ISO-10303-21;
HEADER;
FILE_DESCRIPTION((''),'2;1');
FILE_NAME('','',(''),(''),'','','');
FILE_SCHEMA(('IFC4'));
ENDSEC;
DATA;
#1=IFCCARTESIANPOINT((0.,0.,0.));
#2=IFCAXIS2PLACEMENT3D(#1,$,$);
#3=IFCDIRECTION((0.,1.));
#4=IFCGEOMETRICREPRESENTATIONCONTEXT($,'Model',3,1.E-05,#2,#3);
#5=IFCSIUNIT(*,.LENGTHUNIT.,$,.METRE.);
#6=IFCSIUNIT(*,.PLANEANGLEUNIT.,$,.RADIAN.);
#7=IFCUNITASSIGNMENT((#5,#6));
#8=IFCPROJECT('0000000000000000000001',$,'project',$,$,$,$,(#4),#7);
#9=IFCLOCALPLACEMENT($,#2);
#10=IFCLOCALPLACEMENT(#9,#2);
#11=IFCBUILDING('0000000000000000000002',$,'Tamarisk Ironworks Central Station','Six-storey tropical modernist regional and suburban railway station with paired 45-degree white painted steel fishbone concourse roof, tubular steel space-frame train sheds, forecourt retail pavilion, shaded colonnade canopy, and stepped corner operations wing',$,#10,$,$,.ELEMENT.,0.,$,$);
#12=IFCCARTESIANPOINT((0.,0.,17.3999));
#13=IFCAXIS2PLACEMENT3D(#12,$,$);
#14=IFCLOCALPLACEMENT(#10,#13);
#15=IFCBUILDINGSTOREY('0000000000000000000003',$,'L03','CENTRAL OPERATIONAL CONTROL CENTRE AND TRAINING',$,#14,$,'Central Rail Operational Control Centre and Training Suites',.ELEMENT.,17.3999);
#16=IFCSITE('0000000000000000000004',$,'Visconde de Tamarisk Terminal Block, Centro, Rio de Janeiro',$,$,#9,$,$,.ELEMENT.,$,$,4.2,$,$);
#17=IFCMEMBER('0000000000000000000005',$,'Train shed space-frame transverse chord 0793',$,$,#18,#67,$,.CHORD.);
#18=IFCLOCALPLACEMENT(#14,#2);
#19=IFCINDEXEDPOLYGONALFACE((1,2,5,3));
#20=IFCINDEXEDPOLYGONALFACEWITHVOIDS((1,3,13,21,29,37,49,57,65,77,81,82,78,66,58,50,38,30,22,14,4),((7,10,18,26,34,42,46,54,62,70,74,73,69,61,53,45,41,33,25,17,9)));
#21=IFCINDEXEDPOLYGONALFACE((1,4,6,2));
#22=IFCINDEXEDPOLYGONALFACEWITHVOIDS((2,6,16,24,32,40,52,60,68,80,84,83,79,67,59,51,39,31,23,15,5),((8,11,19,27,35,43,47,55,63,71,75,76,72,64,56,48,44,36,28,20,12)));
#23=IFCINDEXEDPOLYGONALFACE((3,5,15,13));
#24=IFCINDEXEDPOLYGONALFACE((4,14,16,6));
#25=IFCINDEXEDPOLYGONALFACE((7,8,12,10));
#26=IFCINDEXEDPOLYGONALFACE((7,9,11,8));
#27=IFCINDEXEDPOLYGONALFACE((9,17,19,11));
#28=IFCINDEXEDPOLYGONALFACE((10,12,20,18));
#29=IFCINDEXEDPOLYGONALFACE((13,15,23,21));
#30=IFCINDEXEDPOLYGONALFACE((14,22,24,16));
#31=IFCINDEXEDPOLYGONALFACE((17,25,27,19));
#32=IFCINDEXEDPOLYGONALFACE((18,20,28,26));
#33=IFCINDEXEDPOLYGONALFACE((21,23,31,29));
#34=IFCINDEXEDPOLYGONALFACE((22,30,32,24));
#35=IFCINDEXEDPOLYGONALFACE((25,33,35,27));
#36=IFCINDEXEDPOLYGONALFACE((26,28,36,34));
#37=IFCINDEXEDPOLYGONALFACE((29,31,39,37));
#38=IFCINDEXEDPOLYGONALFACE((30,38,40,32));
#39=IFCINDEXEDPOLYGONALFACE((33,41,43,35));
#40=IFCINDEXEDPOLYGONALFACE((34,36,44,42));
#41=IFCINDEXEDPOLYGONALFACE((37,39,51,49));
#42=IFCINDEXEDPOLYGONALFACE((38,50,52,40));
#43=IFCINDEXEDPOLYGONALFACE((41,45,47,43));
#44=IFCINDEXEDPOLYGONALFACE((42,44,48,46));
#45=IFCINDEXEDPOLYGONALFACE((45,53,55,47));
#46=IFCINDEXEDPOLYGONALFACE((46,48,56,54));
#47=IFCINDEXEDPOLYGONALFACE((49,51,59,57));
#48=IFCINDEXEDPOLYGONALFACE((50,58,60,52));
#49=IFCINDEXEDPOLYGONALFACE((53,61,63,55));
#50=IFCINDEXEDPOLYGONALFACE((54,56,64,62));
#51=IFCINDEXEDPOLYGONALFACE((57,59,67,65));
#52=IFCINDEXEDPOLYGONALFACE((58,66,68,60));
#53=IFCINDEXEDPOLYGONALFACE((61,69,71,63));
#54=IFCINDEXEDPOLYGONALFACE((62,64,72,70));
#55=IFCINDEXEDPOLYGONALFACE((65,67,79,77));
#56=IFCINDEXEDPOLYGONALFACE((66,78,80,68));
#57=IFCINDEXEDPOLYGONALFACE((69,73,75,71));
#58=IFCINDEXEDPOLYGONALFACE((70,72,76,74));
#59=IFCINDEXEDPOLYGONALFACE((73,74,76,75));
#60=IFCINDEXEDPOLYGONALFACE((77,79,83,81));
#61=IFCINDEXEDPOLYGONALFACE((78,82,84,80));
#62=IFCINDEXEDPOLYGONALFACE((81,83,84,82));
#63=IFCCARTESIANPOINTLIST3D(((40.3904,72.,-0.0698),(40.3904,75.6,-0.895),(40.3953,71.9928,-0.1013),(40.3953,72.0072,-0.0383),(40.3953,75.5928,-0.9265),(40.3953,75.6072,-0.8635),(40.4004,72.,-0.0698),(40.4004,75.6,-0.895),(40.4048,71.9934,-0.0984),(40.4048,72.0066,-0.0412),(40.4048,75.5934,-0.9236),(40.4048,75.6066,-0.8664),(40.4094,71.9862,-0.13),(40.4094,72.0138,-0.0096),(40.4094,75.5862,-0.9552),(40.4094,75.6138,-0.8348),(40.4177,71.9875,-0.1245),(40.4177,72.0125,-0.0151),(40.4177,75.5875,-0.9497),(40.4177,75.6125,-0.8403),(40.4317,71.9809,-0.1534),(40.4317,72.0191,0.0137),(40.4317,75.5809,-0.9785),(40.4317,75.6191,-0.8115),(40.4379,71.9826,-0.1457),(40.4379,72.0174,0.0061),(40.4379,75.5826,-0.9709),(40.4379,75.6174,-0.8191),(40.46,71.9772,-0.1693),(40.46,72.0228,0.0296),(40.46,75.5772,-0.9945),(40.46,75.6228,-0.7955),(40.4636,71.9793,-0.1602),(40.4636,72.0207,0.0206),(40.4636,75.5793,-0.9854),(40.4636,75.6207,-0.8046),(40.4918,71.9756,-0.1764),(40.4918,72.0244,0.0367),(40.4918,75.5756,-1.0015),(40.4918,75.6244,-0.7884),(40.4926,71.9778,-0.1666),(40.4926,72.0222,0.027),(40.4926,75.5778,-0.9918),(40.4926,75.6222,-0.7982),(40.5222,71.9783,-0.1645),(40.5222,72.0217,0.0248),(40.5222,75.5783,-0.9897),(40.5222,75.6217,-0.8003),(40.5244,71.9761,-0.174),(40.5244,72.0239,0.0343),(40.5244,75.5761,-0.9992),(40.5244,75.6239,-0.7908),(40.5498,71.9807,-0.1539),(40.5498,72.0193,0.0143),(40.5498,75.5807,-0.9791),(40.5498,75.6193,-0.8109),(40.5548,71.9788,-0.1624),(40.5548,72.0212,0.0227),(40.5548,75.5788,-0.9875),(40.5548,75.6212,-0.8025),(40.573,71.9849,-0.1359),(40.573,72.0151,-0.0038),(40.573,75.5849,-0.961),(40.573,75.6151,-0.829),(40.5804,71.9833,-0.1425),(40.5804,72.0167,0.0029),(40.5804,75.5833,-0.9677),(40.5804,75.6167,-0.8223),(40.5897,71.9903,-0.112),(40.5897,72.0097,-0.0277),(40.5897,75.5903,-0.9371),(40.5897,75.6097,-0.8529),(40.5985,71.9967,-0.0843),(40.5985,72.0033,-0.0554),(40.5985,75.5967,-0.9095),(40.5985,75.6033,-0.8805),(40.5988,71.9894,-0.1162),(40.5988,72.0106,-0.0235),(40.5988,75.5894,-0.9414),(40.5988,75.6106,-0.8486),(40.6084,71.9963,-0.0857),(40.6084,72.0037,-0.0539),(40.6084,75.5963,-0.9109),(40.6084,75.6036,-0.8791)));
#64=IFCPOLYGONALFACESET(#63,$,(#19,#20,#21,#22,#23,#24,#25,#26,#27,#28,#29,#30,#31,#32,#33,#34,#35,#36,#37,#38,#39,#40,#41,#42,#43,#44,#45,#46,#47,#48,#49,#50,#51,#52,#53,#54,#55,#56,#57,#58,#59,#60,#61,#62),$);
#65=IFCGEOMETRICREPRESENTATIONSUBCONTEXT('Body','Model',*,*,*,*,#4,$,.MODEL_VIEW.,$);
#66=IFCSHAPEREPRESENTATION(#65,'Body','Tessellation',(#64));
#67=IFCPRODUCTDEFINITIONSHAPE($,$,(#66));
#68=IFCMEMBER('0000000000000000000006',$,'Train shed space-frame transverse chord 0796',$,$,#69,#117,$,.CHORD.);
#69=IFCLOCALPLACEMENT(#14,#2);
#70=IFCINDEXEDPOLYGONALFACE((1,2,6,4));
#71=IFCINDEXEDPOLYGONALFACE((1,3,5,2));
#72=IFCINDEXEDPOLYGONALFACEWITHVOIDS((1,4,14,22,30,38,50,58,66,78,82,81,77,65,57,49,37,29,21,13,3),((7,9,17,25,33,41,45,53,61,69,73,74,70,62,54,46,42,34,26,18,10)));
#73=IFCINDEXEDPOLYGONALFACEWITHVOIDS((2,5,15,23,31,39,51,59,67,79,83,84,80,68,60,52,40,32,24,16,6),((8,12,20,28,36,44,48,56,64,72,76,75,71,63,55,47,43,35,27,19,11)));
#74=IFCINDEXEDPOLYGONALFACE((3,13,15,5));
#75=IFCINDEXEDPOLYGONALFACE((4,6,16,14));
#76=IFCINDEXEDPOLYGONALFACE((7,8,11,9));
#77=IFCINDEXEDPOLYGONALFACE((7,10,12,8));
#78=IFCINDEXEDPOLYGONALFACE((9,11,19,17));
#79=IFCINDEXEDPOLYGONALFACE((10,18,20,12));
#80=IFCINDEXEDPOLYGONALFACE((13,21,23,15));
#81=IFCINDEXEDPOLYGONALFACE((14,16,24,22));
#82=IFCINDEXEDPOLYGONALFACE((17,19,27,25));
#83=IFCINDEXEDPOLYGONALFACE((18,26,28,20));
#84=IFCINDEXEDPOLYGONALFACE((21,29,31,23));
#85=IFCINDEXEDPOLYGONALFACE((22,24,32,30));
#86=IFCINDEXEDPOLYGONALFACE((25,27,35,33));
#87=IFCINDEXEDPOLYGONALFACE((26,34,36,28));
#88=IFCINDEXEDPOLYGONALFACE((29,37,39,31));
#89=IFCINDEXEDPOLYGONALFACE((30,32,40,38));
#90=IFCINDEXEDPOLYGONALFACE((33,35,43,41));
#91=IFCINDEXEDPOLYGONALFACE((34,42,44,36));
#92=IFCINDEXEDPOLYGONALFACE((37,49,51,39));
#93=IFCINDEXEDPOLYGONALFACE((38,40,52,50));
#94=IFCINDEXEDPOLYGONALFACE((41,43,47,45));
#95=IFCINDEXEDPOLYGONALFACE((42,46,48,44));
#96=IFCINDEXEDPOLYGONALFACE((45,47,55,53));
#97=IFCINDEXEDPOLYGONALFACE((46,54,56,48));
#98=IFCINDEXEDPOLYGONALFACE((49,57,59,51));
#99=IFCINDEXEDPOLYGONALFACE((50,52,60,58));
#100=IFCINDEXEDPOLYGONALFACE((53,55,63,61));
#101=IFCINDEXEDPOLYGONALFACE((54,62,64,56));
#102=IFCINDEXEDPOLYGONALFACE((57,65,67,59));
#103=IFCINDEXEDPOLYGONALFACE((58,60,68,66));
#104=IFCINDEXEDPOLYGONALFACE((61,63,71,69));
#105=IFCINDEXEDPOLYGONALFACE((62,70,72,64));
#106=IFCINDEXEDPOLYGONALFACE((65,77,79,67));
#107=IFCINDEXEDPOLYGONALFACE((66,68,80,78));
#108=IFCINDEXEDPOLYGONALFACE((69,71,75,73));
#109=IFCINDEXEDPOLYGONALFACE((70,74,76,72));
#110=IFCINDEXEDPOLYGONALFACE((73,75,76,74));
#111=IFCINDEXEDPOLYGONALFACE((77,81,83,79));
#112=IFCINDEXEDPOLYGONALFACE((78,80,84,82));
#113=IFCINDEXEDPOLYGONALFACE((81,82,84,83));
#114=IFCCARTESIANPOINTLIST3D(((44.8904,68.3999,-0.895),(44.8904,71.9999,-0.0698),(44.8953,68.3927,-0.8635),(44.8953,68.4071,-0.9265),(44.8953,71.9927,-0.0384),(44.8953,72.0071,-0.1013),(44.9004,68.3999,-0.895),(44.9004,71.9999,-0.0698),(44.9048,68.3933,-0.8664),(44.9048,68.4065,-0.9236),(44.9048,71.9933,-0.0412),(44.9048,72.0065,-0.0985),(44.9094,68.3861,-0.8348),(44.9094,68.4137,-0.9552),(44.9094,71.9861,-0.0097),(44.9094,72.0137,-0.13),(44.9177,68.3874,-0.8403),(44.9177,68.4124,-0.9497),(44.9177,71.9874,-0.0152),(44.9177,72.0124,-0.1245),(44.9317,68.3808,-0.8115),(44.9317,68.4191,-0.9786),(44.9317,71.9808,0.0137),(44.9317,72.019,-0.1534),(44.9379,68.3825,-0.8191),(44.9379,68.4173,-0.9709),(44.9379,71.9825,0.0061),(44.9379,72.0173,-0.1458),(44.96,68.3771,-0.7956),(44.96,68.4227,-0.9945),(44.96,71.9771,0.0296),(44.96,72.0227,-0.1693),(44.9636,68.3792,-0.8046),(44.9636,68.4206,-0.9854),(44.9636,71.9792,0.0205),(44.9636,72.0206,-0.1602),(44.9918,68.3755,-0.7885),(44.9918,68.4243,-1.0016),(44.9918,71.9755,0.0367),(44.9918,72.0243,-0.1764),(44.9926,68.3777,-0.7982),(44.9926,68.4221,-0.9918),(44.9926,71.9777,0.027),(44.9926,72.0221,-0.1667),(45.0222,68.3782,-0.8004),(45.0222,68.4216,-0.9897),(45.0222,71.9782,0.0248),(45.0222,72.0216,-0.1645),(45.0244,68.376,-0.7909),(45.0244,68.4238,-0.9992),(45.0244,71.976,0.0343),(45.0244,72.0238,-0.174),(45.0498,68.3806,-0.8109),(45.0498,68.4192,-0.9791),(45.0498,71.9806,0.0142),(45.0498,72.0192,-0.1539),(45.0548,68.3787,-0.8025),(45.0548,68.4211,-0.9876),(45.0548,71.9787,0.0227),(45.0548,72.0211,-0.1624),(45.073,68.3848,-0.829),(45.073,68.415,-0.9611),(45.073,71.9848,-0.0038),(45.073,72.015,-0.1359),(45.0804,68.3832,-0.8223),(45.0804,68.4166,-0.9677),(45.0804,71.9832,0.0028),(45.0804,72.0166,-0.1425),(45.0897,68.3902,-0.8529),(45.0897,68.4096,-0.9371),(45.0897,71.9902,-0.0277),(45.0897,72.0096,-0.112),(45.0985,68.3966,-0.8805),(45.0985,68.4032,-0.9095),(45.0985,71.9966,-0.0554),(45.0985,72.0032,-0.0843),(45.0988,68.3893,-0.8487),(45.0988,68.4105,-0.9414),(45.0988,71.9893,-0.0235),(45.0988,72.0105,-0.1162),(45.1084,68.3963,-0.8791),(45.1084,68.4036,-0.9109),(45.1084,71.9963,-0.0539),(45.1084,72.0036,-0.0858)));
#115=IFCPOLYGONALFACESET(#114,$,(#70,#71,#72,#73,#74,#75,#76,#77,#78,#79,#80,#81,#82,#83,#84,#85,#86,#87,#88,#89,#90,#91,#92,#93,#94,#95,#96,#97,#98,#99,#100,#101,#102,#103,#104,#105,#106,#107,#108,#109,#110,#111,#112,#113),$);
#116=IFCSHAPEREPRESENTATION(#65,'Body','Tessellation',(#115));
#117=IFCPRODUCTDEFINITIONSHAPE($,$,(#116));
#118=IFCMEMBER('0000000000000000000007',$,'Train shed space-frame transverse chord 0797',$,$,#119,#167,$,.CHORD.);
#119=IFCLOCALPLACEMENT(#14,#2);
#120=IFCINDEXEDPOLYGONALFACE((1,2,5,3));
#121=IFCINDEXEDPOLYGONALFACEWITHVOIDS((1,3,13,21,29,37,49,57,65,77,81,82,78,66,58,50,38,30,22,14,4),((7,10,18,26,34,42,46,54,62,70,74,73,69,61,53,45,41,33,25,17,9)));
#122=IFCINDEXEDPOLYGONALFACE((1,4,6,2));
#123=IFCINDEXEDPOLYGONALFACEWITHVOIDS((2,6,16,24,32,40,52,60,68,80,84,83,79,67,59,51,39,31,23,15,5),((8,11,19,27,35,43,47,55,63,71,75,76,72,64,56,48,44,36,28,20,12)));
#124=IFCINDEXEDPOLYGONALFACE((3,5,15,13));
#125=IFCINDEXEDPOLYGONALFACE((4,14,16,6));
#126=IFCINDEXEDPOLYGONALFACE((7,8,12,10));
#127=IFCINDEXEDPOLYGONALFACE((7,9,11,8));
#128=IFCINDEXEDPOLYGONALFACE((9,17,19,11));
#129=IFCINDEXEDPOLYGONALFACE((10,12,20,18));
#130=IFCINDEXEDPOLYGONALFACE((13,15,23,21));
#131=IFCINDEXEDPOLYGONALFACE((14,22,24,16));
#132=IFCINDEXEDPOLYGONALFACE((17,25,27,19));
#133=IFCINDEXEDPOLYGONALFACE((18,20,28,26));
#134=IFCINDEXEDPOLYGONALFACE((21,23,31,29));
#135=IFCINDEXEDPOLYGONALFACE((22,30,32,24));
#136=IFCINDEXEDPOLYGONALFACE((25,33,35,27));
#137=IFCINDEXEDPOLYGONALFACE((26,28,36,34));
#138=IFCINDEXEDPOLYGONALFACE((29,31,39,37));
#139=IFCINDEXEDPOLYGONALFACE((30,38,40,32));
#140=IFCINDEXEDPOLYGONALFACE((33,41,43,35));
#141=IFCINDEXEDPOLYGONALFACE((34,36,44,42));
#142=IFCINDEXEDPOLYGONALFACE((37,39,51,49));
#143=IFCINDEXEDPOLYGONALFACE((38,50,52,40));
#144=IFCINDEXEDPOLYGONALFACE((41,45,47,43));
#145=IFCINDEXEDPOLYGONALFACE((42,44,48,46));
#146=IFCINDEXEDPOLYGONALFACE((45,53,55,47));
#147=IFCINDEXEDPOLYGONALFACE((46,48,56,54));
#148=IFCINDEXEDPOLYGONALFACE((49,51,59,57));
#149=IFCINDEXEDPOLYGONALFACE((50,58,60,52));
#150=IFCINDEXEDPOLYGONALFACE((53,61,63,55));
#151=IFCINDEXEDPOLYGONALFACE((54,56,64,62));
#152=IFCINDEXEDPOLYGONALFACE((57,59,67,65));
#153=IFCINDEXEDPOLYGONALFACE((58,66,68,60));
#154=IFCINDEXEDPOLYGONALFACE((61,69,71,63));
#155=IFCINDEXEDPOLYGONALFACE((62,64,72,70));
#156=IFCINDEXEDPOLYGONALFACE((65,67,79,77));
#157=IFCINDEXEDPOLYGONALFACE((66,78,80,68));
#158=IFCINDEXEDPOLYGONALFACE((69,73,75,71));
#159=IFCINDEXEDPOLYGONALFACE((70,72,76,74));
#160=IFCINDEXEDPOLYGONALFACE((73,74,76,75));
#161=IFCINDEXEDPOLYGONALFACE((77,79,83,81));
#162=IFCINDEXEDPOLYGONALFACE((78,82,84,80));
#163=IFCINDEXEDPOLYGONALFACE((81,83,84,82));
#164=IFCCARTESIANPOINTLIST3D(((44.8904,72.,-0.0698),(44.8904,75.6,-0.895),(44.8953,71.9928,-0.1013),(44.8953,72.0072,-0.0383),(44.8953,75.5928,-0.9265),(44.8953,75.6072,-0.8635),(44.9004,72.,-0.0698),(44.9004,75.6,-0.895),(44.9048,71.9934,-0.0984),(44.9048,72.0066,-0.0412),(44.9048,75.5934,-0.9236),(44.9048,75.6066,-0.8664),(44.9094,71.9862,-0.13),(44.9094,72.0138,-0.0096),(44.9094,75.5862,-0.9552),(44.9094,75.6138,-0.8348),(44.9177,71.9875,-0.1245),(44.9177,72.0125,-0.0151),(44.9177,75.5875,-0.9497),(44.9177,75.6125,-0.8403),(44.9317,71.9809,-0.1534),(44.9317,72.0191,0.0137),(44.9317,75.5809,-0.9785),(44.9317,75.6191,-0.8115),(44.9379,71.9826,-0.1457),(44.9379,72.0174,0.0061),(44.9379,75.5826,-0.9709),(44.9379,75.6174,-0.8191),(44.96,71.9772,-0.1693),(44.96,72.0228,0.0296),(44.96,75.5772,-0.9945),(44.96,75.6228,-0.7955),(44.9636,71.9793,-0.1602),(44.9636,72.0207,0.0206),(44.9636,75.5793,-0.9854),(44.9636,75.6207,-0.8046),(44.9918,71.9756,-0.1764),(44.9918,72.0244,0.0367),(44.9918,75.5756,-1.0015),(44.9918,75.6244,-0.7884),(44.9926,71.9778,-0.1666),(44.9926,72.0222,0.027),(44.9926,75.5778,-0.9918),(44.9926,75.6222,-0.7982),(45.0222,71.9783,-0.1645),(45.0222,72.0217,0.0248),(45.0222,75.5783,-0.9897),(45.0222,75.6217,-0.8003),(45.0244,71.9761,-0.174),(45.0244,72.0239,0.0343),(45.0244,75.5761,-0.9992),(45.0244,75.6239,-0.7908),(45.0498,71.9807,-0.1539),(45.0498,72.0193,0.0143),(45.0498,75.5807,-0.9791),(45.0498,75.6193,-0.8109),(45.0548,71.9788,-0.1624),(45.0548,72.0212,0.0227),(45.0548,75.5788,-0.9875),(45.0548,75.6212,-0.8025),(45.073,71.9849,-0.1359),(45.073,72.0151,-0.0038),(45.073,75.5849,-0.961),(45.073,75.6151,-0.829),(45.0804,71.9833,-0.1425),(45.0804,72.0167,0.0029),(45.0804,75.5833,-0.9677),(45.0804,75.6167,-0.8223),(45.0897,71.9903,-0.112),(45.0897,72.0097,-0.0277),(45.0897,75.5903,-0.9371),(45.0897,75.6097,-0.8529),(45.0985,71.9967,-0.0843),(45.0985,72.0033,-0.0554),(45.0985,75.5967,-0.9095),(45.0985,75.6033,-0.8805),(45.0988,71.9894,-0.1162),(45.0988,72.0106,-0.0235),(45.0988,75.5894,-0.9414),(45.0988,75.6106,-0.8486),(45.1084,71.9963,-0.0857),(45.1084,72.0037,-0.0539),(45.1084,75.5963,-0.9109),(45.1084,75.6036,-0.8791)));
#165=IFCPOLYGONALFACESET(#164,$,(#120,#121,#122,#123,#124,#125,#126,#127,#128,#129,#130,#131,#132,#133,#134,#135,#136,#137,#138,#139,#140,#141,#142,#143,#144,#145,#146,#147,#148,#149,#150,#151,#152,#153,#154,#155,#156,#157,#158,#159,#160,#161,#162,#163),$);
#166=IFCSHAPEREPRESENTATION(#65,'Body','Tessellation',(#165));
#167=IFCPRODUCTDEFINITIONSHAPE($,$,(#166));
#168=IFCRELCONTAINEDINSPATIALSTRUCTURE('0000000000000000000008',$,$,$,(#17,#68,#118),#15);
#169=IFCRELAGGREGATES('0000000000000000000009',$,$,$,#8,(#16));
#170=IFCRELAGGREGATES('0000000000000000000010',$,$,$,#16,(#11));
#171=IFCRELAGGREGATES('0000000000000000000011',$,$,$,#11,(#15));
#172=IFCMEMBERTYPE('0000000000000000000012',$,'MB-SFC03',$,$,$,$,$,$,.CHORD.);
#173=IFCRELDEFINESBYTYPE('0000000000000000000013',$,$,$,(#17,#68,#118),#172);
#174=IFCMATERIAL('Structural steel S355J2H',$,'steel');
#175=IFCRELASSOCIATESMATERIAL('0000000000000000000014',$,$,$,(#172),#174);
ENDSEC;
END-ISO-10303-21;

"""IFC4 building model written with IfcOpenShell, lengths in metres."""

from ifc_helpers import new_model, si_unit, direction, frame, origin, origin_2d, place, context, subcontext, project, spatial, hollow_circle, extrude, material, material_profile, profile_set, type_object, element, save


model = new_model("IFC4")

# Units and contexts
model_context = context("Model", 3, precision=1e-05, world=origin(), true_north=direction((0.0, 1.0)))
body_context = subcontext(model_context, "Body", "Model", "MODEL_VIEW")
ifc_project = project(units=[si_unit("LENGTHUNIT", "METRE"), si_unit("PLANEANGLEUNIT", "RADIAN")], contexts=[model_context])

# Site, building, storey
site_placement = place(None, origin())
site = spatial("IfcSite", under=ifc_project, at=site_placement, Name="Visconde de Tamarisk Terminal Block, Centro, Rio de Janeiro", CompositionType="ELEMENT", RefElevation=4.2)
building_placement = place(site_placement, origin())
building = spatial("IfcBuilding", under=site, at=building_placement, Name="Tamarisk Ironworks Central Station", Description="Six-storey tropical modernist regional and suburban railway station with paired 45-degree white painted steel fishbone concourse roof, tubular steel space-frame train sheds, forecourt retail pavilion, shaded colonnade canopy, and stepped corner operations wing", CompositionType="ELEMENT", ElevationOfRefHeight=0.0)
storey_placement = place(building_placement, frame((0.0, 0.0, 17.3999)))
storey = spatial("IfcBuildingStorey", under=building, at=storey_placement, Name="L03", Description="CENTRAL OPERATIONAL CONTROL CENTRE AND TRAINING", LongName="Central Rail Operational Control Centre and Training Suites", CompositionType="ELEMENT", Elevation=17.3999)

# Members
ifc_material_1 = material(Name="Structural steel S355J2H", Category="steel")
ifc_material_profile_1 = material_profile(ifc_material_1, hollow_circle(Radius=0.1096, WallThickness=0.01, at=origin_2d()), Name="CHS 219.1x10")
ifc_profile_set_1 = profile_set([ifc_material_profile_1], Name="Structural steel S355J2H")
member_type_1 = type_object("IfcMemberType", Name="MB-SFC03", PredefinedType="CHORD", material=ifc_profile_set_1)
for number, where, z_axis, x_axis, name in (
    (1, (40.5, 72.0, -0.0698), (0.0, 0.974722, -0.223421), (-1.0, 0.0, 0.0), "Train shed space-frame transverse chord 0793"),
    (2, (45.0, 68.3999, -0.895), (0.0, 0.974722, 0.223421), (-1.0, 0.0, 0.0), "Train shed space-frame transverse chord 0796"),
    (3, (45.0, 72.0, -0.0698), (0.0, 0.974722, -0.223421), (-1.0, 0.0, 0.0), "Train shed space-frame transverse chord 0797"),
):
    element("IfcMember", number, at=place(storey_placement, frame(where, z_axis=z_axis, x_axis=x_axis)), inside=storey, type_object=member_type_1, Name=name, PredefinedType="CHORD", context=body_context, shape_type="SweptSolid", body=[
        extrude(hollow_circle(Radius=0.1096, WallThickness=0.01, at=origin_2d()), origin(), (0.0, 0.0, 1.0), 3.6934),
    ])

save(model, "model.ifc")
